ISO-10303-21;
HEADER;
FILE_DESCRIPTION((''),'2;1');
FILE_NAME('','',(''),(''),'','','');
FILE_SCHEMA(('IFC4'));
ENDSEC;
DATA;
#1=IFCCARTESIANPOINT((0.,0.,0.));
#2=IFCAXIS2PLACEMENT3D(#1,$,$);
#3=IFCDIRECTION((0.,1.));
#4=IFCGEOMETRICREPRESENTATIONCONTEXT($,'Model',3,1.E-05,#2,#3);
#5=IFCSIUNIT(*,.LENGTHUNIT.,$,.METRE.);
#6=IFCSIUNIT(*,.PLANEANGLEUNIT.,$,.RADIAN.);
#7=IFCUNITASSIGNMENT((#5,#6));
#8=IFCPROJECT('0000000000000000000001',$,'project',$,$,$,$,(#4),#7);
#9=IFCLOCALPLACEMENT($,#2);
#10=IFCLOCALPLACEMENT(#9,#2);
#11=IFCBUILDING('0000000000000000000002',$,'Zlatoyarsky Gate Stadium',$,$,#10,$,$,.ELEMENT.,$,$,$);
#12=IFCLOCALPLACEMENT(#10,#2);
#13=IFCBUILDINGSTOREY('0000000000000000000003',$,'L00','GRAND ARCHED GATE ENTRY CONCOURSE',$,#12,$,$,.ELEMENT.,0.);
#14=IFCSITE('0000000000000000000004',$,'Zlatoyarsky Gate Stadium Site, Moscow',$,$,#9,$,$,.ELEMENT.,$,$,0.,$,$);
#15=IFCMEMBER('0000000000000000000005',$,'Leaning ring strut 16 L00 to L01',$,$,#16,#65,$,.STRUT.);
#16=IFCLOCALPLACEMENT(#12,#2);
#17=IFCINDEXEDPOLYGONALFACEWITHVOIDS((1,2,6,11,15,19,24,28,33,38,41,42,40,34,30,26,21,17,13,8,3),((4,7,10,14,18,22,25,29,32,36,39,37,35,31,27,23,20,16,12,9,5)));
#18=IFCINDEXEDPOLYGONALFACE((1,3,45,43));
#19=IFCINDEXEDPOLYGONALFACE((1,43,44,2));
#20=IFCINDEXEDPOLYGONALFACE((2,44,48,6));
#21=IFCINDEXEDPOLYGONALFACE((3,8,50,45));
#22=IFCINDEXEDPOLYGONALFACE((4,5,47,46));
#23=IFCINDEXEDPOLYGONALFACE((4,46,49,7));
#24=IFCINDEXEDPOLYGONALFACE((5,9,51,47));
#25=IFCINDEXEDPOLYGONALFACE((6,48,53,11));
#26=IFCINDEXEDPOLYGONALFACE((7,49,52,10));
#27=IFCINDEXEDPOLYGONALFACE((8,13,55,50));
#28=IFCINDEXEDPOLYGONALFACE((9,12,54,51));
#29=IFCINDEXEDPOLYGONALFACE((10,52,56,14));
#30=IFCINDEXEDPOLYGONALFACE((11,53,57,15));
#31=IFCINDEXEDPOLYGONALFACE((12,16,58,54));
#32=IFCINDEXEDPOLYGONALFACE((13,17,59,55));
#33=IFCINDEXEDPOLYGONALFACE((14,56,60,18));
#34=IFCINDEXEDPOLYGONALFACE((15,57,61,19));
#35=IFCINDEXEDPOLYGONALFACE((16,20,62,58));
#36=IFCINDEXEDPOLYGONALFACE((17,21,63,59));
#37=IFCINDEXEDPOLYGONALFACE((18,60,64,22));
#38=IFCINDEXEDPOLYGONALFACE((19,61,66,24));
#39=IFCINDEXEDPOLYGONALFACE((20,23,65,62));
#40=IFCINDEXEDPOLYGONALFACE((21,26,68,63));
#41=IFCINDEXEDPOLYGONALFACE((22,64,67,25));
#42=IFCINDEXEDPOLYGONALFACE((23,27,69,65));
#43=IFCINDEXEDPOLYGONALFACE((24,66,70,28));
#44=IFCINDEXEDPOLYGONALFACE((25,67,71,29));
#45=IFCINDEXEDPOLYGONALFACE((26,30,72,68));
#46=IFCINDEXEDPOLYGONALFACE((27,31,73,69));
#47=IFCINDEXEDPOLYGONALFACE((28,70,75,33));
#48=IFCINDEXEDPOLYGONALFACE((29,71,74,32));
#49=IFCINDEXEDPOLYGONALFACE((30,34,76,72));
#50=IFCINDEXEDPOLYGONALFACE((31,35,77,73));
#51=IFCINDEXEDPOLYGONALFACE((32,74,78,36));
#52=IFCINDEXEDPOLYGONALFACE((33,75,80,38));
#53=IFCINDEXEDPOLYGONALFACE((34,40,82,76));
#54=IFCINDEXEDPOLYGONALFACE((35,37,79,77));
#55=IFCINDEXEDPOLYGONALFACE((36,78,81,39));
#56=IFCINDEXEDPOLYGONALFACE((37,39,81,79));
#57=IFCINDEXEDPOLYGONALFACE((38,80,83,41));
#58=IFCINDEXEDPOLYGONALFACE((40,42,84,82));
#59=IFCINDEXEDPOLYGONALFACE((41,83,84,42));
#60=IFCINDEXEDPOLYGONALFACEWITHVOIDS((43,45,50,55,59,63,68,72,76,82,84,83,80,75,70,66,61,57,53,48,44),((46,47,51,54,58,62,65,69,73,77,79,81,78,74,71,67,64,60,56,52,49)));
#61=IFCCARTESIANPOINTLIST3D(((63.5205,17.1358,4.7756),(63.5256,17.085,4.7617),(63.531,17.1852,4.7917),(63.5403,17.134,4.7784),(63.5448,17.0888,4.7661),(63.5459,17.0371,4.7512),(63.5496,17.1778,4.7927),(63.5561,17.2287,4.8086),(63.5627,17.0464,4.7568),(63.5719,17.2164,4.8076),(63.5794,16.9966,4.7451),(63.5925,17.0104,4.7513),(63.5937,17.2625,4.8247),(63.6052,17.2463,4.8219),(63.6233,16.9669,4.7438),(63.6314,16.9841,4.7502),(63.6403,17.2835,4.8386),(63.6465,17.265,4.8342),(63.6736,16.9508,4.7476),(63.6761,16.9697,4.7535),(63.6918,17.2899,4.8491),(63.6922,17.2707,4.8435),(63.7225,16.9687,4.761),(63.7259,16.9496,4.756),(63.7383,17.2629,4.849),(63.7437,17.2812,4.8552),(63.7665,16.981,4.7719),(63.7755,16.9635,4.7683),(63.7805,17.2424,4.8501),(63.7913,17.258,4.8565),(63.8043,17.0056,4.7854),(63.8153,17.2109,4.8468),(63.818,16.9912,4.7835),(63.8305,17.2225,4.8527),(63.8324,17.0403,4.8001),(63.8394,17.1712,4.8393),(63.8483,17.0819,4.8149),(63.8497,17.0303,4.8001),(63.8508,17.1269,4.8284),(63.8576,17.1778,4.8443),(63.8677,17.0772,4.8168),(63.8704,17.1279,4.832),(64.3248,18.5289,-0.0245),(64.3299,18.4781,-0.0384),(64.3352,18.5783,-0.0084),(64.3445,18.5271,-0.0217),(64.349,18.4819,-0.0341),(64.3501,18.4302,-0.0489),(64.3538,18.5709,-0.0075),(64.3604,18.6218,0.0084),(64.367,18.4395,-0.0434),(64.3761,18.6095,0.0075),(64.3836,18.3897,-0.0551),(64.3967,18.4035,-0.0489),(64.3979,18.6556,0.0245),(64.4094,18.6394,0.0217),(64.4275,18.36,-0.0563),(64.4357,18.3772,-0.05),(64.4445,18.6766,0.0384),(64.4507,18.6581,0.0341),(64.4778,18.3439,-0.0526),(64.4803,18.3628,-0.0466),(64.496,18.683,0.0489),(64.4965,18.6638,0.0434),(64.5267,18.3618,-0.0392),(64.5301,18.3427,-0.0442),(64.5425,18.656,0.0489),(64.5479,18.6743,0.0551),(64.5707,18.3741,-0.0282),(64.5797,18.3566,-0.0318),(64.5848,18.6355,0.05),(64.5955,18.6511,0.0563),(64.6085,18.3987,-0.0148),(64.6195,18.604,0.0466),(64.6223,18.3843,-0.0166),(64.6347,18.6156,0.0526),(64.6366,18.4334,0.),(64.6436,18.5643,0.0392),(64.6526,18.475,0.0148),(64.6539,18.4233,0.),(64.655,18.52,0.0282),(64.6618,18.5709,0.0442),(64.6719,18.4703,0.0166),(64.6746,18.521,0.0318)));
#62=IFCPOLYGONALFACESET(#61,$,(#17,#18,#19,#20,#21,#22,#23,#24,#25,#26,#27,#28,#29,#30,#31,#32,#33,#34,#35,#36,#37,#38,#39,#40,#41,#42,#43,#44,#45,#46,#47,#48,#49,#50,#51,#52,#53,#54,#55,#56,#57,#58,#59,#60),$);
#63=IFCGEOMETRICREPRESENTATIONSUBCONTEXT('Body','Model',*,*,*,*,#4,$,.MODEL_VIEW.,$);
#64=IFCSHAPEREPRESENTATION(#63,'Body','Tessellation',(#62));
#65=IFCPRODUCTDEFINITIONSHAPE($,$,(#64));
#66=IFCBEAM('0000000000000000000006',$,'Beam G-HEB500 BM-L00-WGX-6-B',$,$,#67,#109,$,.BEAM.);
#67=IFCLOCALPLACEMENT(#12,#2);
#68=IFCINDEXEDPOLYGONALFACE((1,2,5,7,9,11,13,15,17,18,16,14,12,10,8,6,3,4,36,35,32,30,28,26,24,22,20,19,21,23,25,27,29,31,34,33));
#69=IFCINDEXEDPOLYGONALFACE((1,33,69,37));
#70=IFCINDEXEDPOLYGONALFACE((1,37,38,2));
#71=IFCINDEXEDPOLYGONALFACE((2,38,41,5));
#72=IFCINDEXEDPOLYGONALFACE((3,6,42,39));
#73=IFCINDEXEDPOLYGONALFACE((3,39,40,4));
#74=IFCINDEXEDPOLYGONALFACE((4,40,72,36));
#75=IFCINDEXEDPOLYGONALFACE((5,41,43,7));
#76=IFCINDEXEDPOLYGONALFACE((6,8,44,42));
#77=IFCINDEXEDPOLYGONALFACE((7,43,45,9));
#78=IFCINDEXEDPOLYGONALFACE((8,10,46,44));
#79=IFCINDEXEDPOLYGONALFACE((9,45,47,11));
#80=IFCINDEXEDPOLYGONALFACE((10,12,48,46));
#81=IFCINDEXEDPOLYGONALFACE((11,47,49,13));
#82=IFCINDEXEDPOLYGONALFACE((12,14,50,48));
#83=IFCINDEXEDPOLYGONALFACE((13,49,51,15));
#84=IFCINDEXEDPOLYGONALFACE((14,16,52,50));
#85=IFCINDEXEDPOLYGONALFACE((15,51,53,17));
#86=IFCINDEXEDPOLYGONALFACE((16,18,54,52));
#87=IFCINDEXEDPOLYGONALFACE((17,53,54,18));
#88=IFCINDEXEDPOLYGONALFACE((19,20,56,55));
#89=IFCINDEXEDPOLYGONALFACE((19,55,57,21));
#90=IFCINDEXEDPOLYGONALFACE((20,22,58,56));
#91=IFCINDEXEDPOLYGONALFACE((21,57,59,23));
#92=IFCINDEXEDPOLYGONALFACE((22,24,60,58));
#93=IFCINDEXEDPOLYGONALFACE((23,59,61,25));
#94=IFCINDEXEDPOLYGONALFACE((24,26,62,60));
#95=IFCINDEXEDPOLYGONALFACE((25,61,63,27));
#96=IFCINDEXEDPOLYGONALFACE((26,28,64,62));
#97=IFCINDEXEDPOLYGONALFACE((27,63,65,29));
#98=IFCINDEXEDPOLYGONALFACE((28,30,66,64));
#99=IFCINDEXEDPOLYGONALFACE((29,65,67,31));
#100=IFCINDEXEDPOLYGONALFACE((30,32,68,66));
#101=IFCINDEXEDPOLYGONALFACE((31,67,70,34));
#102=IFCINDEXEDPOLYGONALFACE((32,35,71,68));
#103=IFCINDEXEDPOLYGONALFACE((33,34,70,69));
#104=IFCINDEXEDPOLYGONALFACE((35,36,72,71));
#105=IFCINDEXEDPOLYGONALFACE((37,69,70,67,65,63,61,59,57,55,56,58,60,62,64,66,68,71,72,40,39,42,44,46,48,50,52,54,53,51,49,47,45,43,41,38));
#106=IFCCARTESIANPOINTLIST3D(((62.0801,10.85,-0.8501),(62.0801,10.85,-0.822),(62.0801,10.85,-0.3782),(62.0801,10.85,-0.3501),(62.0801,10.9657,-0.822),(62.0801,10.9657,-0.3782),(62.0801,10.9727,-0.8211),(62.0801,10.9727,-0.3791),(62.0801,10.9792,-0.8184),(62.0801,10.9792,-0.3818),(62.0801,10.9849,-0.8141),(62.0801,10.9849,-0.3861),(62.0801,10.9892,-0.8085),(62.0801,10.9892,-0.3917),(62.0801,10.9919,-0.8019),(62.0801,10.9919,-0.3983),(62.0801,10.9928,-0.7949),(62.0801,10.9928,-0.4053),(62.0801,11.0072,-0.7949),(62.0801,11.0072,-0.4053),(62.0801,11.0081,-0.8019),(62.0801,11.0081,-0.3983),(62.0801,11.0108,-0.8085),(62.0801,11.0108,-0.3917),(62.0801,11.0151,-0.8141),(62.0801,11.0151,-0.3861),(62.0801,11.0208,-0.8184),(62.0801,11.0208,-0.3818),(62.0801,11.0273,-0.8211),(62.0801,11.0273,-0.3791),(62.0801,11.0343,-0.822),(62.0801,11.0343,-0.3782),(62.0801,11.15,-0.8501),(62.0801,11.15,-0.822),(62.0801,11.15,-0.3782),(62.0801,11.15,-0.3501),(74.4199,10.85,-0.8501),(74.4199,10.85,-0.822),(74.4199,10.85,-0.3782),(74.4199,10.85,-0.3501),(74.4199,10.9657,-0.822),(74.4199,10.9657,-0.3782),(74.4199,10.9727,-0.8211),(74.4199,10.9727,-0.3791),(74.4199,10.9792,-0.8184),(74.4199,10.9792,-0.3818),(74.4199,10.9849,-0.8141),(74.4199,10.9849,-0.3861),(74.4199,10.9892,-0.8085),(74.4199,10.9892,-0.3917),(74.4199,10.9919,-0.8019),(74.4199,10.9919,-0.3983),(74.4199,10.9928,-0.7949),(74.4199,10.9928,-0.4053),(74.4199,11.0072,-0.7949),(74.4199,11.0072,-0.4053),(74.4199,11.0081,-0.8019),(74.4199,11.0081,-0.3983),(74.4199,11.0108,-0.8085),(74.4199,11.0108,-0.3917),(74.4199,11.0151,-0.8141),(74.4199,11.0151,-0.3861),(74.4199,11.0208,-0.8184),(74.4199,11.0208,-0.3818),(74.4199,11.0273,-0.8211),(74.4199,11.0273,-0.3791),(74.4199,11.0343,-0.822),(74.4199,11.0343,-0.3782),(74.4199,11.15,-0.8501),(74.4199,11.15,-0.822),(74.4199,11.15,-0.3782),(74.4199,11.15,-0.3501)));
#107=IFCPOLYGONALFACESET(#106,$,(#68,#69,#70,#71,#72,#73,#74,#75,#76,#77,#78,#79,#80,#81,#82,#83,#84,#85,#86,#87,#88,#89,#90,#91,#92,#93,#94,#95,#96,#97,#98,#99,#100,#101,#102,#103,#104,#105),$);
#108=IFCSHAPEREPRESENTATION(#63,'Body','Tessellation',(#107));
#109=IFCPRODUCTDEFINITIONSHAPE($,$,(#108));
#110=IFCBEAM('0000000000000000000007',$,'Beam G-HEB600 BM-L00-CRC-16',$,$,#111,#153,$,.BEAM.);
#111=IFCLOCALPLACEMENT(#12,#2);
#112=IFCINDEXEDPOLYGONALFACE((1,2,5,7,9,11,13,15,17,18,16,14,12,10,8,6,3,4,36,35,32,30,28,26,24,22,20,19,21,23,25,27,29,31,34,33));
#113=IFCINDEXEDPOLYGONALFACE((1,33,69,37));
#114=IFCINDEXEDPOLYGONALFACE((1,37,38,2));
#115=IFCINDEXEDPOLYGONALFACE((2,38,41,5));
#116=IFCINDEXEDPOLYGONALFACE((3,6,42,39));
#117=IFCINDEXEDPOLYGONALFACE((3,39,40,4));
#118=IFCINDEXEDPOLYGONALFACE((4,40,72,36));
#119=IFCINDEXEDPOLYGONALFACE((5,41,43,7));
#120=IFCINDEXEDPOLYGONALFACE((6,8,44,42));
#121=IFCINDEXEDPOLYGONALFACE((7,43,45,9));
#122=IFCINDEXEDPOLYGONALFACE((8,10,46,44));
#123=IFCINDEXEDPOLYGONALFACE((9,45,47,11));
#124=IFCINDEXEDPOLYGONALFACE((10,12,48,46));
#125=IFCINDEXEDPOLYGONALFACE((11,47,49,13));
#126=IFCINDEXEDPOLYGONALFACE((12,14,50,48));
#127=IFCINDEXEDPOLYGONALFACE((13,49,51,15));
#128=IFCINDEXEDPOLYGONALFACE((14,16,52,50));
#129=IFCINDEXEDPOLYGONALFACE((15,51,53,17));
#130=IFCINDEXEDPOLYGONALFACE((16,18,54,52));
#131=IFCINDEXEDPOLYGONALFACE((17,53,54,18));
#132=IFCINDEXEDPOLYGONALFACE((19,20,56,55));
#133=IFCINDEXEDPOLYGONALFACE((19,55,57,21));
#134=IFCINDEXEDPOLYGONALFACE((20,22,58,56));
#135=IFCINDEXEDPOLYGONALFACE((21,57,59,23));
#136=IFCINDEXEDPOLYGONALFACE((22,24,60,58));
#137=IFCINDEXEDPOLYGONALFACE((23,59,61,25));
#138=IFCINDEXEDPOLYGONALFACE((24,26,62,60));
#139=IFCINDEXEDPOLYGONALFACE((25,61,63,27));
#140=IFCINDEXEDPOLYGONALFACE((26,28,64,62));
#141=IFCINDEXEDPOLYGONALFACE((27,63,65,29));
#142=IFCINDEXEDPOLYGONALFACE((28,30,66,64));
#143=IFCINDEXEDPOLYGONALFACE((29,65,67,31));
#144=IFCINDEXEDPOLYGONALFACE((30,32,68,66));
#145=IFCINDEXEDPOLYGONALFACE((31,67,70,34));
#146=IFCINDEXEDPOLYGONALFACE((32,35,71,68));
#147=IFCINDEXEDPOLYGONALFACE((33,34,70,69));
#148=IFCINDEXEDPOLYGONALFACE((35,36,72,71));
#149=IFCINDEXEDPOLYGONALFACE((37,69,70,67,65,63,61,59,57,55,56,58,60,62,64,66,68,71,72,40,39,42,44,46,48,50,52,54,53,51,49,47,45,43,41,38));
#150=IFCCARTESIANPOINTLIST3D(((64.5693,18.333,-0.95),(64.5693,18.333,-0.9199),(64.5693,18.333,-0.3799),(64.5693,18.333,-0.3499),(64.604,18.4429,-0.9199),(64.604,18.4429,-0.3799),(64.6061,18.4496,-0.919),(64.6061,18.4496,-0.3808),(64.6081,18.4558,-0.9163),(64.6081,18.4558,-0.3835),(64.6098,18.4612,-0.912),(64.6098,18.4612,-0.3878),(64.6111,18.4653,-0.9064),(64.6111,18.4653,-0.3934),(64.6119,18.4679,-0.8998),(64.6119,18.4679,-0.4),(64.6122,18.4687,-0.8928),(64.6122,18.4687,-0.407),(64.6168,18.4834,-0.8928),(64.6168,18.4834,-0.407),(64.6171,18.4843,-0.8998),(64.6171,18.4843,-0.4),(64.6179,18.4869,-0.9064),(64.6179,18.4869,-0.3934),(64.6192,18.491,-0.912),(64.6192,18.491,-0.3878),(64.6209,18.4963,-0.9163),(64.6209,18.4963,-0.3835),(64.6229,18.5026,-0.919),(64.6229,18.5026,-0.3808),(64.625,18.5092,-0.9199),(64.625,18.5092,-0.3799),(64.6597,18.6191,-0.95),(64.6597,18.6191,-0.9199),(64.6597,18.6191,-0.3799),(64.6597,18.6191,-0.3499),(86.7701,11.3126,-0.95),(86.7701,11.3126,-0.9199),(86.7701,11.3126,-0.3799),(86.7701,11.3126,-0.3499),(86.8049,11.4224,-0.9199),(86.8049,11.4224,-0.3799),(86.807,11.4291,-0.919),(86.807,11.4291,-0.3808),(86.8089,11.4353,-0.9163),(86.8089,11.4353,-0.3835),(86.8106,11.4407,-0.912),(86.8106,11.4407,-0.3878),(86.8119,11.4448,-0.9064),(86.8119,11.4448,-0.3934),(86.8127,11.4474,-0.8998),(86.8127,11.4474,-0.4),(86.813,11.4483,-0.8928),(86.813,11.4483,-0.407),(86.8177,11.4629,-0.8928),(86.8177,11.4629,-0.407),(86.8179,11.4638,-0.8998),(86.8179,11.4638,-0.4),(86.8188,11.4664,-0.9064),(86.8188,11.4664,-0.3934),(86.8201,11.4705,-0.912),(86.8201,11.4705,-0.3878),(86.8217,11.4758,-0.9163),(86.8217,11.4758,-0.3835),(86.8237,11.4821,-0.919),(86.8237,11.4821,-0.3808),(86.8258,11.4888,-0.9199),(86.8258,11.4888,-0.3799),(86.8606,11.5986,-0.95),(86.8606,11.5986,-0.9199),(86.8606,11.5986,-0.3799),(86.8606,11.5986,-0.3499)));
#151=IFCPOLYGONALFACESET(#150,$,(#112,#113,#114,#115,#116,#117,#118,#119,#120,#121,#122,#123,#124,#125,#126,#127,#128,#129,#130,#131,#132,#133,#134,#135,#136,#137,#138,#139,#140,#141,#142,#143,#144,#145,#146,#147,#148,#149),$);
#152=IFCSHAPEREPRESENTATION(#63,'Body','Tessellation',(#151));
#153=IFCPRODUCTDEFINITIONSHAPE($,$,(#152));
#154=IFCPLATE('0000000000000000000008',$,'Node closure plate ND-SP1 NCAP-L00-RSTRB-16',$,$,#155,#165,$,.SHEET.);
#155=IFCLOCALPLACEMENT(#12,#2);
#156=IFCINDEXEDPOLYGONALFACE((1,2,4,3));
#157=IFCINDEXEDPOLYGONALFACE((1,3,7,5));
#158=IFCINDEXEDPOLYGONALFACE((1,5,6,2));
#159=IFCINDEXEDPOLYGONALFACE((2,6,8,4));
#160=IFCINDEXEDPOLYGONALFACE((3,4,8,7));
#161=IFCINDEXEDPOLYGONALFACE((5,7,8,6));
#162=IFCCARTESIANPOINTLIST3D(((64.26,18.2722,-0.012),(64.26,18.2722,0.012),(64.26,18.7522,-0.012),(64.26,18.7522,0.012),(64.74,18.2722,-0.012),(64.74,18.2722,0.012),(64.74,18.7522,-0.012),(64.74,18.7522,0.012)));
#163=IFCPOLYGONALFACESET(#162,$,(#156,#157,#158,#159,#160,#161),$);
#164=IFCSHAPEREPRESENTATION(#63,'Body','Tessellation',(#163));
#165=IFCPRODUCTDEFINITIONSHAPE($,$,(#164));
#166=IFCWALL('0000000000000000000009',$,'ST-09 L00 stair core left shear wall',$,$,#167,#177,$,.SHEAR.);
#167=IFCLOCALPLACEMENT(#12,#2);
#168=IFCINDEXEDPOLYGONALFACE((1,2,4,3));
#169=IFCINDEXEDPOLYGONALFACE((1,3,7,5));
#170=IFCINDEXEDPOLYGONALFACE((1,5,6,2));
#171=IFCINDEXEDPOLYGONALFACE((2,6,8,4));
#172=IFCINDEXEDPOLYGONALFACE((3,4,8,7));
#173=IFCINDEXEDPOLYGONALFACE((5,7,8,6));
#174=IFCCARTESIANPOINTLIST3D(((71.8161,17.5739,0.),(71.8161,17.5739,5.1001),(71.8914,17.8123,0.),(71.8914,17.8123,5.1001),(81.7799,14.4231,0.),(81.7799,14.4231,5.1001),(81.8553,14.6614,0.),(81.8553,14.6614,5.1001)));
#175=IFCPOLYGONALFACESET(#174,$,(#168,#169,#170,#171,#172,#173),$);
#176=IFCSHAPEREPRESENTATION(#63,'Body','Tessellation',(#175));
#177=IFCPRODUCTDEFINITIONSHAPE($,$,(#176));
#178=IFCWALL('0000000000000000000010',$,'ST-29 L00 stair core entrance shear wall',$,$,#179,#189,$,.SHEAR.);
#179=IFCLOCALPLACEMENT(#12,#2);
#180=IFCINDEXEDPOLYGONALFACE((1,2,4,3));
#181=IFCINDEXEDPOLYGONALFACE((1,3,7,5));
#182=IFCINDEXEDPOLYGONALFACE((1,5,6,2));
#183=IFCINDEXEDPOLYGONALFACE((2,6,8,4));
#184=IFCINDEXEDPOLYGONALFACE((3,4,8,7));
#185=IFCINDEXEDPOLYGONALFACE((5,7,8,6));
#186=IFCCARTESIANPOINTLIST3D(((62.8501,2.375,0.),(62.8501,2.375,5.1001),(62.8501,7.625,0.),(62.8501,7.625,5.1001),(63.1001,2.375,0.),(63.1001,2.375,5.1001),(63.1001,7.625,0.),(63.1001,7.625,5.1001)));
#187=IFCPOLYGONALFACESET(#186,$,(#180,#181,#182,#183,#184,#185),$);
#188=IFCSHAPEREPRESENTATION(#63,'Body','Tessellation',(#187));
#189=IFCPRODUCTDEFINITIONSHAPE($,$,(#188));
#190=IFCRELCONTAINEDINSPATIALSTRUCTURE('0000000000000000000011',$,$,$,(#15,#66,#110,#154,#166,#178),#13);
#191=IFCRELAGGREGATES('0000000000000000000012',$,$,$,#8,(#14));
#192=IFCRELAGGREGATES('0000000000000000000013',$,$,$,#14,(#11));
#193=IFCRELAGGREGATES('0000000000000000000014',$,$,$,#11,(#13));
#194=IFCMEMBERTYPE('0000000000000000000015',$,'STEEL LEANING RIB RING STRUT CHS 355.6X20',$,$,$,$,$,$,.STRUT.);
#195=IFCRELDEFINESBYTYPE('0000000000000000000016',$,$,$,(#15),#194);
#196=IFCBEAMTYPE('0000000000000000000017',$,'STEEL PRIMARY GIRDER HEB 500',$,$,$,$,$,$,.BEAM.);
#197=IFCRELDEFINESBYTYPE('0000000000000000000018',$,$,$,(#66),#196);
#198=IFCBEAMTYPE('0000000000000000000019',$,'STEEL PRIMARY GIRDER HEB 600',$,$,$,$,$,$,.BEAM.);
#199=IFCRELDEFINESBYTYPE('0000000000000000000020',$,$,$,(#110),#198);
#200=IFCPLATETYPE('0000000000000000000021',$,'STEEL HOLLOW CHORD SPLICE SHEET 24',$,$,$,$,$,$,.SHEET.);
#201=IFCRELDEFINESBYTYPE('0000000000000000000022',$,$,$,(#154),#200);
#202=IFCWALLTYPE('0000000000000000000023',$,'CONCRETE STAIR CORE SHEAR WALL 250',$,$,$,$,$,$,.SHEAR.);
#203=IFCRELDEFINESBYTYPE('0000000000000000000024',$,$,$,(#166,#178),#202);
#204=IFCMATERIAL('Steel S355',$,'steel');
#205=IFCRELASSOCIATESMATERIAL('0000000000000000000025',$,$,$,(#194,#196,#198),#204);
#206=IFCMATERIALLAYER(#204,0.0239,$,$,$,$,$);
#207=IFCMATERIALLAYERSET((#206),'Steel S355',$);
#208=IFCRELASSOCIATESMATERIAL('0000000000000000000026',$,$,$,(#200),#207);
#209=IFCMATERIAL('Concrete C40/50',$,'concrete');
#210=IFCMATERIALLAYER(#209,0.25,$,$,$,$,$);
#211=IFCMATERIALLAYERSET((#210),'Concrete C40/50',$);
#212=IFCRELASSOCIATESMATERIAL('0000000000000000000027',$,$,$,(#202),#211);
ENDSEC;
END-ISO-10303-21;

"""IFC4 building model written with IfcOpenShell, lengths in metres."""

from ifc_helpers import new_model, si_unit, direction, frame, frame_2d, origin, origin_2d, place, context, subcontext, project, spatial, rectangle, hollow_circle, i_section, extrude, material, layer, layer_set, material_profile, profile_set, type_object, element, save


model = new_model("IFC4")

# Units and contexts
model_context = context("Model", 3, precision=1e-05, world=origin(), true_north=direction((0.0, 1.0)))
body_context = subcontext(model_context, "Body", "Model", "MODEL_VIEW")
ifc_project = project(units=[si_unit("LENGTHUNIT", "METRE"), si_unit("PLANEANGLEUNIT", "RADIAN")], contexts=[model_context])

# Site, building, storey
site_placement = place(None, origin())
site = spatial("IfcSite", under=ifc_project, at=site_placement, Name="Zlatoyarsky Gate Stadium Site, Moscow", CompositionType="ELEMENT", RefElevation=0.0)
building_placement = place(site_placement, origin())
building = spatial("IfcBuilding", under=site, at=building_placement, Name="Zlatoyarsky Gate Stadium", CompositionType="ELEMENT")
storey_placement = place(building_placement, origin())
storey = spatial("IfcBuildingStorey", under=building, at=storey_placement, Name="L00", Description="GRAND ARCHED GATE ENTRY CONCOURSE", CompositionType="ELEMENT", Elevation=0.0)

# Shared definitions
ifc_material_1 = material(Name="Concrete C40/50", Category="concrete")

# Member
ifc_material_2 = material(Name="Steel S355", Category="steel")
ifc_material_profile_1 = material_profile(ifc_material_2, hollow_circle(Radius=0.1777, WallThickness=0.02, at=origin_2d()), Name="CHS 355.6X20")
ifc_profile_set_1 = profile_set([ifc_material_profile_1], Name="Steel S355")
member_type = type_object("IfcMemberType", Name="STEEL LEANING RIB RING STRUT CHS 355.6X20", PredefinedType="STRUT", material=ifc_profile_set_1)
member_placement = place(storey_placement, frame((64.5, 18.5122, 0.0), z_axis=(-0.158857, -0.275179, 0.948178), x_axis=(0.866049, -0.499959, 0.0)))
element("IfcMember", 1, at=member_placement, inside=storey, type_object=member_type, Name="Leaning ring strut 16 L00 to L01", PredefinedType="STRUT", context=body_context, shape_type="SweptSolid", body=[
    extrude(hollow_circle(Radius=0.1777, WallThickness=0.02, at=origin_2d()), origin(), (0.0, 0.0, 1.0), 5.0625),
])

# Beams
ifc_material_profile_2 = material_profile(ifc_material_2, i_section(OverallWidth=0.3, OverallDepth=0.5, WebThickness=0.0144, FlangeThickness=0.0281, FilletRadius=0.0271, at=origin_2d()), Name="HEB 500")
ifc_profile_set_2 = profile_set([ifc_material_profile_2], Name="Steel S355")
beam_type_1 = type_object("IfcBeamType", Name="STEEL PRIMARY GIRDER HEB 500", PredefinedType="BEAM", material=ifc_profile_set_2)
beam_1_placement = place(storey_placement, frame((62.0801, 11.0, -0.6001), z_axis=(1.0, 0.0, 0.0), x_axis=(0.0, 1.0, 0.0)))
element("IfcBeam", 2, at=beam_1_placement, inside=storey, type_object=beam_type_1, Name="Beam G-HEB500 BM-L00-WGX-6-B", PredefinedType="BEAM", context=body_context, shape_type="SweptSolid", body=[
    extrude(i_section(OverallWidth=0.3, OverallDepth=0.5, WebThickness=0.0144, FlangeThickness=0.0281, FilletRadius=0.0271, at=origin_2d()), origin(), (0.0, 0.0, 1.0), 12.3398),
])
ifc_material_profile_3 = material_profile(ifc_material_2, i_section(OverallWidth=0.3, OverallDepth=0.6001, WebThickness=0.0154, FlangeThickness=0.03, FilletRadius=0.0271, at=origin_2d()), Name="HEB 600")
ifc_profile_set_3 = profile_set([ifc_material_profile_3], Name="Steel S355")
beam_type_2 = type_object("IfcBeamType", Name="STEEL PRIMARY GIRDER HEB 600", PredefinedType="BEAM", material=ifc_profile_set_3)
beam_2_placement = place(storey_placement, frame((64.6145, 18.4761, -0.6499), z_axis=(0.953463, -0.30151, 0.0), x_axis=(0.30151, 0.953463, 0.0)))
element("IfcBeam", 3, at=beam_2_placement, inside=storey, type_object=beam_type_2, Name="Beam G-HEB600 BM-L00-CRC-16", PredefinedType="BEAM", context=body_context, shape_type="SweptSolid", body=[
    extrude(i_section(OverallWidth=0.3, OverallDepth=0.6001, WebThickness=0.0154, FlangeThickness=0.03, FilletRadius=0.0271, at=origin_2d()), origin(), (0.0, 0.0, 1.0), 23.2844),
])

# Plate
ifc_layer_1 = layer(ifc_material_2, 0.0239)
ifc_layer_set_1 = layer_set([ifc_layer_1], Name="Steel S355")
plate_type = type_object("IfcPlateType", Name="STEEL HOLLOW CHORD SPLICE SHEET 24", PredefinedType="SHEET", material=ifc_layer_set_1)
plate_placement = place(storey_placement, frame((64.5, 18.5122, -0.012), z_axis=(0.0, 0.0, 1.0), x_axis=(1.0, 0.0, 0.0)))
element("IfcPlate", 4, at=plate_placement, inside=storey, type_object=plate_type, Name="Node closure plate ND-SP1 NCAP-L00-RSTRB-16", PredefinedType="SHEET", context=body_context, shape_type="SweptSolid", body=[
    extrude(rectangle(XDim=0.48, YDim=0.48, at=origin_2d()), origin(), (0.0, 0.0, 1.0), 0.0239),
])

# Walls
ifc_layer_2 = layer(ifc_material_1, 0.25)
ifc_layer_set_2 = layer_set([ifc_layer_2], Name="Concrete C40/50")
wall_type_1 = type_object("IfcWallType", Name="CONCRETE STAIR CORE SHEAR WALL 250", PredefinedType="SHEAR", material=ifc_layer_set_2)
wall_1_placement = place(storey_placement, frame((71.8538, 17.6931, 0.0), z_axis=(0.0, 0.0, 1.0), x_axis=(0.953462, -0.301514, 0.0)))
element("IfcWall", 5, at=wall_1_placement, inside=storey, type_object=wall_type_1, Name="ST-09 L00 stair core left shear wall", PredefinedType="SHEAR", context=body_context, shape_type="SweptSolid", body=[
    extrude(rectangle(XDim=10.4502, YDim=0.25, at=frame_2d((5.2251, 0.0))), origin(), (0.0, 0.0, 1.0), 5.1001),
])
wall_2_placement = place(storey_placement, frame((62.9751, 7.625, 0.0), z_axis=(0.0, 0.0, 1.0), x_axis=(0.0, -1.0, 0.0)))
element("IfcWall", 6, at=wall_2_placement, inside=storey, type_object=wall_type_1, Name="ST-29 L00 stair core entrance shear wall", PredefinedType="SHEAR", context=body_context, shape_type="SweptSolid", body=[
    extrude(rectangle(XDim=5.25, YDim=0.25, at=frame_2d((2.625, 0.0))), origin(), (0.0, 0.0, 1.0), 5.1001),
])

save(model, "model.ifc")
